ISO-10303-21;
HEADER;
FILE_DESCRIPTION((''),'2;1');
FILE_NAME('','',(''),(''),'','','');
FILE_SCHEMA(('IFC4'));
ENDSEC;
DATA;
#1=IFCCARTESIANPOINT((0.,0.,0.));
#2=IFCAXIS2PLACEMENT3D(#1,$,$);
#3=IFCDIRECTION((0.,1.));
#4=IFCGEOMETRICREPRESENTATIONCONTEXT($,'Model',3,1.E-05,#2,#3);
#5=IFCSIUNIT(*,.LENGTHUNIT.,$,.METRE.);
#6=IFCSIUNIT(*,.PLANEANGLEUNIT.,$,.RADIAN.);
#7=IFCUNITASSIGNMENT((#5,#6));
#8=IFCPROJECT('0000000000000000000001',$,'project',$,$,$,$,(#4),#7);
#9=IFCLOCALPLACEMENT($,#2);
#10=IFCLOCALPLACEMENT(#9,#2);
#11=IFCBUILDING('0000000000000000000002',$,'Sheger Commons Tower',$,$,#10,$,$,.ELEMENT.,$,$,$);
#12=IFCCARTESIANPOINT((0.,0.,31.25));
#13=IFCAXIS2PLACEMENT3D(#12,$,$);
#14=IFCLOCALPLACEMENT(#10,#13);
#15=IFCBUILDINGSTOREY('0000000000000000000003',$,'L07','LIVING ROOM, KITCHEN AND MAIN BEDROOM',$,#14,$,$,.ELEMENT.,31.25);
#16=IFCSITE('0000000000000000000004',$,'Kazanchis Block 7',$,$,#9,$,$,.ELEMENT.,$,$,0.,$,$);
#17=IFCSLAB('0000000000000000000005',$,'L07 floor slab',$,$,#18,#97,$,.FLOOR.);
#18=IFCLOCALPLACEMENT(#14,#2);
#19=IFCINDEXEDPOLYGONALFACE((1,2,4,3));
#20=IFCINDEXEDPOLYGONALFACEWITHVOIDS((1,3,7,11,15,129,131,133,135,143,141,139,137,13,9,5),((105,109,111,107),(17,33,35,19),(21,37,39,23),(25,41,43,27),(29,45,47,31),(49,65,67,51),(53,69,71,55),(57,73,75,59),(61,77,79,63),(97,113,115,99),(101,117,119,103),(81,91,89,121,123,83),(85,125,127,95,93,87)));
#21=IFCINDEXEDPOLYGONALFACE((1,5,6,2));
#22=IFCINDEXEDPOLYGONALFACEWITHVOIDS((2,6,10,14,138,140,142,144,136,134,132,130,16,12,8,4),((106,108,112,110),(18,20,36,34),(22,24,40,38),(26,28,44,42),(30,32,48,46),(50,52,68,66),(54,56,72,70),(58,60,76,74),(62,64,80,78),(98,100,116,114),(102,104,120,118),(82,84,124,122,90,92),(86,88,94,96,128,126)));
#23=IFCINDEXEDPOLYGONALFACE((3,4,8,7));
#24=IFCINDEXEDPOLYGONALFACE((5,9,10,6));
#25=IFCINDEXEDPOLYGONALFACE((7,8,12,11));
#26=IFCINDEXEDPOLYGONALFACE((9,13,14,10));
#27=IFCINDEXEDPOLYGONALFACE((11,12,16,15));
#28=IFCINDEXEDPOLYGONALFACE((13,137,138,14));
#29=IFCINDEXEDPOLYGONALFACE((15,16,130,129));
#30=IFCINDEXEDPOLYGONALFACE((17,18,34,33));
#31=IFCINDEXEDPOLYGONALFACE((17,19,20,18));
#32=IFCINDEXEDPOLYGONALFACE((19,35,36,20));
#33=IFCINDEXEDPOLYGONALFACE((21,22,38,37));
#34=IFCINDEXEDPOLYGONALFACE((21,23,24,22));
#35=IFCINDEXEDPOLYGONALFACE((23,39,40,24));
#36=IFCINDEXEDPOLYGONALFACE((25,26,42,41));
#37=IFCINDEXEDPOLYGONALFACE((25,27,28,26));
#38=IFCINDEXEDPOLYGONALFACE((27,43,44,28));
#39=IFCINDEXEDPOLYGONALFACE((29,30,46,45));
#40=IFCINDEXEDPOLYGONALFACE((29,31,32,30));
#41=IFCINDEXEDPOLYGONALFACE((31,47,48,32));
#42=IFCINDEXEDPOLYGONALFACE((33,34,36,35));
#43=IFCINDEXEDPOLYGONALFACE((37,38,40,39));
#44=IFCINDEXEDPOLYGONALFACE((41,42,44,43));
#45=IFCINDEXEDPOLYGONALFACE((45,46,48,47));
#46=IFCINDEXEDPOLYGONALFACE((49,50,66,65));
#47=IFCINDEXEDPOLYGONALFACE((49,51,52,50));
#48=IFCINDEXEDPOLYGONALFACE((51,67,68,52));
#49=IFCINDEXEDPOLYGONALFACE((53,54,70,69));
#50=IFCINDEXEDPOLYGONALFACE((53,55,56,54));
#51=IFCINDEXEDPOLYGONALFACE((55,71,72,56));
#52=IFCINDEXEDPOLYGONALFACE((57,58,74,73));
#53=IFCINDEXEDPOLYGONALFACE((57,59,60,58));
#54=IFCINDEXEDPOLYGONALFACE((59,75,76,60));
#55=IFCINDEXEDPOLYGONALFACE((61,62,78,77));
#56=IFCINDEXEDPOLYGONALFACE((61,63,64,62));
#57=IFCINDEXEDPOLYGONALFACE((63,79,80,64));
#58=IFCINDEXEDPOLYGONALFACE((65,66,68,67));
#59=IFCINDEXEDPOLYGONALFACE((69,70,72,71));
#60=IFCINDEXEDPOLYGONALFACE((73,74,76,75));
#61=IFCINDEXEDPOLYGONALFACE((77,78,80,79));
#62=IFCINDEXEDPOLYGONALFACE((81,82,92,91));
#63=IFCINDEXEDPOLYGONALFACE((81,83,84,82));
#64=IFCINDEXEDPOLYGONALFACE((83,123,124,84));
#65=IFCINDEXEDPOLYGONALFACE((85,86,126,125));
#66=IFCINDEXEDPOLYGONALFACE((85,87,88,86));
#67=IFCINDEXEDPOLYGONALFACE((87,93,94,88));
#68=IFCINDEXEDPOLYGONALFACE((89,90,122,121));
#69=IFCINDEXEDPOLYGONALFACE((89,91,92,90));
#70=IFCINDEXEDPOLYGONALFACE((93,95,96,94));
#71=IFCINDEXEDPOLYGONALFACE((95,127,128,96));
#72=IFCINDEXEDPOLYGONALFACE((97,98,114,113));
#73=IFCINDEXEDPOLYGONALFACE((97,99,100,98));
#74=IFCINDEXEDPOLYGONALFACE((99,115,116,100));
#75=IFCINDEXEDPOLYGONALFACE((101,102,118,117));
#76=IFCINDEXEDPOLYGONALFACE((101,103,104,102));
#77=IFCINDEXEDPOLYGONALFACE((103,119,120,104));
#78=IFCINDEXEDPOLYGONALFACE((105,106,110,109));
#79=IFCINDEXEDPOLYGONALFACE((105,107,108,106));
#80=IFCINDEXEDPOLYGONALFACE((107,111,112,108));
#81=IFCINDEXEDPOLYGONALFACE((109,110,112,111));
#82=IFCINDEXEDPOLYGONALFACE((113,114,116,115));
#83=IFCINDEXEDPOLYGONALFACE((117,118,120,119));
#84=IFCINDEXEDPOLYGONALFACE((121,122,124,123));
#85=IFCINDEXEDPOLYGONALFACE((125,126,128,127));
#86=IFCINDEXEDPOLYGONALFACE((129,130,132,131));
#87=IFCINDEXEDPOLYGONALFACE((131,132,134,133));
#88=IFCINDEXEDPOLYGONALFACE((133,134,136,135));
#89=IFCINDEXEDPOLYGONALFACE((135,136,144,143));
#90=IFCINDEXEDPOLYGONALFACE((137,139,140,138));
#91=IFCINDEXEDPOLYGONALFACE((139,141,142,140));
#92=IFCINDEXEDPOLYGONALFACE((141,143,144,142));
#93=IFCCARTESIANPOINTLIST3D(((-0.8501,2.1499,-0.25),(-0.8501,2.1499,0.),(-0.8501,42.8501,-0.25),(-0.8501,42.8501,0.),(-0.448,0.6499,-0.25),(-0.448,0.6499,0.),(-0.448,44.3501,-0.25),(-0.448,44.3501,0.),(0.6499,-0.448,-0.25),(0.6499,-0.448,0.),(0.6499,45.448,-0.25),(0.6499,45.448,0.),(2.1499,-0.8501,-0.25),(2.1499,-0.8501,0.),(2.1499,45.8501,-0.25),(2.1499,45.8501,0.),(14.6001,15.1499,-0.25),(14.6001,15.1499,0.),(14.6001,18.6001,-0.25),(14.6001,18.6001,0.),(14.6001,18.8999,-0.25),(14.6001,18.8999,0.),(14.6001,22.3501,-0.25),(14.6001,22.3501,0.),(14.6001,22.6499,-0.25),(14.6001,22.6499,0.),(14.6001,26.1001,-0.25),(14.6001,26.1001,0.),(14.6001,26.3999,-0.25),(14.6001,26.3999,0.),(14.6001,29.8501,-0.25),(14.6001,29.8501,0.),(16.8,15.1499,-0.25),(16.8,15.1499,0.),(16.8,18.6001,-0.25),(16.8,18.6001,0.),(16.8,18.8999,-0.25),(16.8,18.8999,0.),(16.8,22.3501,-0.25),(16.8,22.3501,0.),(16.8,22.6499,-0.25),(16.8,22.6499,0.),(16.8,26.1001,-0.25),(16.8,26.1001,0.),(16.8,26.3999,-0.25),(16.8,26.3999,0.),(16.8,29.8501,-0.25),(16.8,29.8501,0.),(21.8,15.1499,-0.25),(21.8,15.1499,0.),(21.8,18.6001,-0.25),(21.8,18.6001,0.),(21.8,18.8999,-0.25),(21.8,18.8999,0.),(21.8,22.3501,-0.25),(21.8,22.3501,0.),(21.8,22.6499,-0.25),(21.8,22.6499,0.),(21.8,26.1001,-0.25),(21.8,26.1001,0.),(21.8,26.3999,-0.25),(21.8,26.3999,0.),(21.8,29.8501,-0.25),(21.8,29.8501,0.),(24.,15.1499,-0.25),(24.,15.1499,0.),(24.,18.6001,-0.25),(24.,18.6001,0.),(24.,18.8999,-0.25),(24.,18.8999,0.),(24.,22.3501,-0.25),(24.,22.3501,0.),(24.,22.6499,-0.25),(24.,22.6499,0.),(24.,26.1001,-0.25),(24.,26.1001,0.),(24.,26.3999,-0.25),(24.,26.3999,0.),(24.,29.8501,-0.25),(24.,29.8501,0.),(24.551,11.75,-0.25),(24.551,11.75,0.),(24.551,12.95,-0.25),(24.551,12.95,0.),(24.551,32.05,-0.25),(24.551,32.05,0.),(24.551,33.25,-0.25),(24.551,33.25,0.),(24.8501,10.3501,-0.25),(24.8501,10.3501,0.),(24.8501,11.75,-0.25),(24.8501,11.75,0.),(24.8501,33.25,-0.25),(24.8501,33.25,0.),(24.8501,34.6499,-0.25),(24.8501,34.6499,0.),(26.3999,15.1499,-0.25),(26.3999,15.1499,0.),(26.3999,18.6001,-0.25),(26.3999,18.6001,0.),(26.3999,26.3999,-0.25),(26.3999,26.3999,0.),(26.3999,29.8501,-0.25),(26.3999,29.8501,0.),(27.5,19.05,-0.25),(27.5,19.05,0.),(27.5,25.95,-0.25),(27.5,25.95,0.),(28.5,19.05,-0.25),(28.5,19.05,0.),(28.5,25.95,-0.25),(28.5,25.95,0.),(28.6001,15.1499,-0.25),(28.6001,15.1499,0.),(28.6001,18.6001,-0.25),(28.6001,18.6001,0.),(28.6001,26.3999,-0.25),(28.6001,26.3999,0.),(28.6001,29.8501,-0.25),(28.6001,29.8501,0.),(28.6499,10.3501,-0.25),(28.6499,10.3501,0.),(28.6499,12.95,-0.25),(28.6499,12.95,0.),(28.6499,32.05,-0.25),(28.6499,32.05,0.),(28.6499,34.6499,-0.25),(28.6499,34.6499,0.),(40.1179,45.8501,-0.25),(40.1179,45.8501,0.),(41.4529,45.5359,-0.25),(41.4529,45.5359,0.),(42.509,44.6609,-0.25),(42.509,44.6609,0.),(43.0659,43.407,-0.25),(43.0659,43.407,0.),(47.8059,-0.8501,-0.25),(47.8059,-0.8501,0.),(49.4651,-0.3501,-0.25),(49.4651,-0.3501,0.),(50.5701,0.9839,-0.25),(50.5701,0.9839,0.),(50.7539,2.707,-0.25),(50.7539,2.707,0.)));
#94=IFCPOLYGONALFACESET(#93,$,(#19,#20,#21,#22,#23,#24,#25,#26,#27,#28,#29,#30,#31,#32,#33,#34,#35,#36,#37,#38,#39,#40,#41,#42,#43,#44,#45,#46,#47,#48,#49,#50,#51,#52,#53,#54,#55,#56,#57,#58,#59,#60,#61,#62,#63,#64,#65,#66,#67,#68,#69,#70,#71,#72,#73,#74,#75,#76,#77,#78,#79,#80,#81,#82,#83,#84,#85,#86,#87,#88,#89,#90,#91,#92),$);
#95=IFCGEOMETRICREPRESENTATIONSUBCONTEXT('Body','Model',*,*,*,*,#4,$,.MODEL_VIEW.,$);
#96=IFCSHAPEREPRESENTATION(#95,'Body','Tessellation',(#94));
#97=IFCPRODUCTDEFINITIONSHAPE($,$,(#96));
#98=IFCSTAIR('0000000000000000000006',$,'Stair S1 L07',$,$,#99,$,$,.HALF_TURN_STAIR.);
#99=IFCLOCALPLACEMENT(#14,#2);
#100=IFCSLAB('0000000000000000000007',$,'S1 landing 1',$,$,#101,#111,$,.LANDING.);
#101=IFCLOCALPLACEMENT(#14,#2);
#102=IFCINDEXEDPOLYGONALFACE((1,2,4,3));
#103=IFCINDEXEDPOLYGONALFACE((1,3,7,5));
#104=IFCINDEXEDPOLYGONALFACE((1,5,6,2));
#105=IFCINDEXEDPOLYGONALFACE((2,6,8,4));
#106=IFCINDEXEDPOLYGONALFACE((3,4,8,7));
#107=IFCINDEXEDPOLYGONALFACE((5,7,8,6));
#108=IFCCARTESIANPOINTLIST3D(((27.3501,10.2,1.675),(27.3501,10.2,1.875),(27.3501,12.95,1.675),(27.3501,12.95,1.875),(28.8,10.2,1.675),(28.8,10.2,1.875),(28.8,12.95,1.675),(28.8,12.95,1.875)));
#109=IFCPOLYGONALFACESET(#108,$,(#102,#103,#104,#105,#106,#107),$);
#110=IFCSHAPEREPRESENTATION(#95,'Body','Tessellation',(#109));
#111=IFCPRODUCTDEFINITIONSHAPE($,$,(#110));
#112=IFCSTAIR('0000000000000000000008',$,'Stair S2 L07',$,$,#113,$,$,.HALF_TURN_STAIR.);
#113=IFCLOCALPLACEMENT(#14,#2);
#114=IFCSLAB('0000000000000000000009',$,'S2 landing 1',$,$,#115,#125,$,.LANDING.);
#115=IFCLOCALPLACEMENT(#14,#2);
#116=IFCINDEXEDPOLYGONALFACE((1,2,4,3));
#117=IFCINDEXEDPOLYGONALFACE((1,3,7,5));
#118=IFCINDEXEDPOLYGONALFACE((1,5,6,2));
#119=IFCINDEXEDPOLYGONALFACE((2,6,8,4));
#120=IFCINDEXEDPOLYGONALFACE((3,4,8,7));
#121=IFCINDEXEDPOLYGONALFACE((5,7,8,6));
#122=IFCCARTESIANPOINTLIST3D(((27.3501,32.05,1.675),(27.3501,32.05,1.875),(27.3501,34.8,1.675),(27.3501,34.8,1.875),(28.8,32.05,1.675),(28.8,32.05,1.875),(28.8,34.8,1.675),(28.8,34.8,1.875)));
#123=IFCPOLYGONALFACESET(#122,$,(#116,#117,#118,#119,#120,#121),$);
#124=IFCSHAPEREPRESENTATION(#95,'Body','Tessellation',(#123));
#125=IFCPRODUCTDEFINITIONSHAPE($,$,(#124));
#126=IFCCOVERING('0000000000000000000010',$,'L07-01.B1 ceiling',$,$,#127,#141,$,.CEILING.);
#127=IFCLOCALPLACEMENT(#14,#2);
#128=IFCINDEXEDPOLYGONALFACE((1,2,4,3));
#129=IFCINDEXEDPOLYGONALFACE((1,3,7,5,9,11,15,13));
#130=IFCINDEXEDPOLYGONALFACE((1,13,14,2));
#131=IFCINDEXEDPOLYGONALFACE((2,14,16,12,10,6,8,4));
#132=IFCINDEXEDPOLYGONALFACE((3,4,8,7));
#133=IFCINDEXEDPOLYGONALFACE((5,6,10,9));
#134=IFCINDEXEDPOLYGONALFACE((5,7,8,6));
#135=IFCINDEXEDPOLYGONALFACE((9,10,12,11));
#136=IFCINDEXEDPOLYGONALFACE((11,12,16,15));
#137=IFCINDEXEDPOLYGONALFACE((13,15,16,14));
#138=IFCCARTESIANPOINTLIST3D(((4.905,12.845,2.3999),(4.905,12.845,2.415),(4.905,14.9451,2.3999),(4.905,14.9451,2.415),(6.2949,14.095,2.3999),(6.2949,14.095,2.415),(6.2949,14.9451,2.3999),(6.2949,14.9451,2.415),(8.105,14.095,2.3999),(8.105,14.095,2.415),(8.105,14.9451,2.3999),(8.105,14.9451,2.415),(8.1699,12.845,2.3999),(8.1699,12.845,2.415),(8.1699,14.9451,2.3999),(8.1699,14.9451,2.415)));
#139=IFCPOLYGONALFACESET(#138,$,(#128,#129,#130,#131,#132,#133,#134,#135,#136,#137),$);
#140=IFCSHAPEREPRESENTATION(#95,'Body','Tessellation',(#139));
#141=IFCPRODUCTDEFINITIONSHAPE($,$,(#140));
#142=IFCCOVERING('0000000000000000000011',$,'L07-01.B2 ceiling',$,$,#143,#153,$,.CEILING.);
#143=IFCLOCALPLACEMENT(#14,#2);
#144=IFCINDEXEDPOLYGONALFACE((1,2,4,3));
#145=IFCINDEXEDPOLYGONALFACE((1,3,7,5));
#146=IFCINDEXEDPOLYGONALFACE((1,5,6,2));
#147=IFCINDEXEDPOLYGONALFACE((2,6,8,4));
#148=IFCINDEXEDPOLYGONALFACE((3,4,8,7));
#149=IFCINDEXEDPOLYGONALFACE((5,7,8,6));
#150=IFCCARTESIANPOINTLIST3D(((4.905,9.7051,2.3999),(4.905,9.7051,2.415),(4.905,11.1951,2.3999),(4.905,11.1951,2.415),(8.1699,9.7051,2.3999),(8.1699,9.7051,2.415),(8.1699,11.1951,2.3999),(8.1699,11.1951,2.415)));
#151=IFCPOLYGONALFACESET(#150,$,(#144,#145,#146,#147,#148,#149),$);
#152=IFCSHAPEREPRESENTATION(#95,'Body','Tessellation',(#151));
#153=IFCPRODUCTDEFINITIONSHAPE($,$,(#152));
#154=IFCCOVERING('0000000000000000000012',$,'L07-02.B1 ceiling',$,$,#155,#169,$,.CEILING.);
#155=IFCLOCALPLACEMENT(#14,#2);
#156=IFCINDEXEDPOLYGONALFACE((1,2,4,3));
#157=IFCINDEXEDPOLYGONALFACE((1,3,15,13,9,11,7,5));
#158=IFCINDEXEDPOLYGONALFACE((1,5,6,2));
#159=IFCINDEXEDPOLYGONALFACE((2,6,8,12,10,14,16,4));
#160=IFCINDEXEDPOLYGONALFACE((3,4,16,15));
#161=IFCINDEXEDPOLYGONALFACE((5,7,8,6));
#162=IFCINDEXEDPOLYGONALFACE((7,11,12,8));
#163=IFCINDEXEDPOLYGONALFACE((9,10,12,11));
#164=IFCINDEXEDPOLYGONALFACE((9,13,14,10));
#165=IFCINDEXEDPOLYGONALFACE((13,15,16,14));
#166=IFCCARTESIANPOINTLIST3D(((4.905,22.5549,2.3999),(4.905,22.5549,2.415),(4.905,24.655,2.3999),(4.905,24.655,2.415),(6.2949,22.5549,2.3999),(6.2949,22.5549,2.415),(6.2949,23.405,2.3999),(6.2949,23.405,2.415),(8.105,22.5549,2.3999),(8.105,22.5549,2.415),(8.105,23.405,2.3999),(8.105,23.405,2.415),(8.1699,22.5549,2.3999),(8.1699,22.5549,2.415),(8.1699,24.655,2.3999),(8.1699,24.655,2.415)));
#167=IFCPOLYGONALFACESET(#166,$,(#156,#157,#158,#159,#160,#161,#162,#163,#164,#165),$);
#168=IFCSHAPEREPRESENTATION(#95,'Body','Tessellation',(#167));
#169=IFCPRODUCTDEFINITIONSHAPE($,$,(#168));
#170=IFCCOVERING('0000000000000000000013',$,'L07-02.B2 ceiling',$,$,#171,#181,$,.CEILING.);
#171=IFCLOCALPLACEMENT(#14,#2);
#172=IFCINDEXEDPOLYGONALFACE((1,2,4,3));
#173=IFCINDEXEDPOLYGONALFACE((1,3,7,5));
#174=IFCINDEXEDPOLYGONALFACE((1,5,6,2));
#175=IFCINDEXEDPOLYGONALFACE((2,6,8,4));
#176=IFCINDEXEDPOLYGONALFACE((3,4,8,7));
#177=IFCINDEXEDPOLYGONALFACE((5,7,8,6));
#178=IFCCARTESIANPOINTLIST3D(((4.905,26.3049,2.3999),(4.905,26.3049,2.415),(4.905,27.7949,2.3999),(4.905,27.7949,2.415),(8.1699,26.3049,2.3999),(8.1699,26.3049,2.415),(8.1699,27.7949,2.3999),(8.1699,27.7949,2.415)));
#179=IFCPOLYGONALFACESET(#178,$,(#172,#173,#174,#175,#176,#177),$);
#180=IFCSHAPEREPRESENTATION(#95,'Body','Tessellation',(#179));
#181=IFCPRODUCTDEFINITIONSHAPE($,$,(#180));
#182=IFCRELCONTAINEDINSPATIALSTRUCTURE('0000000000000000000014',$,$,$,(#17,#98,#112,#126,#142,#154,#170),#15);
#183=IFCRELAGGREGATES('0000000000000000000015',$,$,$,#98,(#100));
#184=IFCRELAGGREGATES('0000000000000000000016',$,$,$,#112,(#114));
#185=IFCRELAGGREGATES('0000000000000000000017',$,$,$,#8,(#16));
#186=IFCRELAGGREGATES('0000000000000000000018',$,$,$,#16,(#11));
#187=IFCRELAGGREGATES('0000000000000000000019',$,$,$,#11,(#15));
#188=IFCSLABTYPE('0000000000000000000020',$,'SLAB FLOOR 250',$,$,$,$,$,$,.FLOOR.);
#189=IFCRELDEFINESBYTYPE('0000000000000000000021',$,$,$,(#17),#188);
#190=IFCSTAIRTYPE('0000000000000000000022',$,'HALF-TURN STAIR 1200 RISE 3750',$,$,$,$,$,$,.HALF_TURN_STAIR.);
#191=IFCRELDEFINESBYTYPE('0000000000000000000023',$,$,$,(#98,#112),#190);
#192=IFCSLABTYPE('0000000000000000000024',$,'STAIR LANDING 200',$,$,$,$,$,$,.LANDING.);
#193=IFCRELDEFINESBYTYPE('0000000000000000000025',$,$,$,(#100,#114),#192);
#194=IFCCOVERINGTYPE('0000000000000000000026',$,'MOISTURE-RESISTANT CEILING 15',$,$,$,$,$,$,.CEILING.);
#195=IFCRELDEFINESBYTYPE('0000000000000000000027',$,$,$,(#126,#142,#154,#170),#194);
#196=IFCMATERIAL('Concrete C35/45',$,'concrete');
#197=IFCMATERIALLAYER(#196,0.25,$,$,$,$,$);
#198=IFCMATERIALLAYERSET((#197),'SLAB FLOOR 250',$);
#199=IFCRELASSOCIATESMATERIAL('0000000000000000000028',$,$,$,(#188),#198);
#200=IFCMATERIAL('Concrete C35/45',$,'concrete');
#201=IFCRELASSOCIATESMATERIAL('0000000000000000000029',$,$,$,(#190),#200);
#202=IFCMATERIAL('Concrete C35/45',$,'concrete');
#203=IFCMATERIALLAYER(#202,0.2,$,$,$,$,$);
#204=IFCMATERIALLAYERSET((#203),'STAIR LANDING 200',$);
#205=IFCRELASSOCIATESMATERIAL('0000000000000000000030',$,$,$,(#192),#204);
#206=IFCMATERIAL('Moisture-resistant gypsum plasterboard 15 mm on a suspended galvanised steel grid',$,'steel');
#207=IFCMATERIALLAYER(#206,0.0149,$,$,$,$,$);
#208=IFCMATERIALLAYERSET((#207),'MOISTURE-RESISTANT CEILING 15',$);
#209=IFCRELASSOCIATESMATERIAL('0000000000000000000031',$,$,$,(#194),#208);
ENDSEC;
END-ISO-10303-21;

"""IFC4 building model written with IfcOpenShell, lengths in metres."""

from ifc_helpers import new_model, si_unit, direction, frame, origin, place, context, subcontext, project, spatial, polyline, outline, extrude, material, layer, layer_set, type_object, element, aggregate, save


model = new_model("IFC4")

# Units and contexts
model_context = context("Model", 3, precision=1e-05, world=origin(), true_north=direction((0.0, 1.0)))
body_context = subcontext(model_context, "Body", "Model", "MODEL_VIEW")
ifc_project = project(units=[si_unit("LENGTHUNIT", "METRE"), si_unit("PLANEANGLEUNIT", "RADIAN")], contexts=[model_context])

# Site, building, storey
site_placement = place(None, origin())
site = spatial("IfcSite", under=ifc_project, at=site_placement, Name="Kazanchis Block 7", CompositionType="ELEMENT", RefElevation=0.0)
building_placement = place(site_placement, origin())
building = spatial("IfcBuilding", under=site, at=building_placement, Name="Sheger Commons Tower", CompositionType="ELEMENT")
storey_placement = place(building_placement, frame((0.0, 0.0, 31.25)))
storey = spatial("IfcBuildingStorey", under=building, at=storey_placement, Name="L07", Description="LIVING ROOM, KITCHEN AND MAIN BEDROOM", CompositionType="ELEMENT", Elevation=31.25)

# Slab
ifc_material_1 = material(Name="Concrete C35/45", Category="concrete")
ifc_layer_1 = layer(ifc_material_1, 0.25)
ifc_layer_set_1 = layer_set([ifc_layer_1], Name="SLAB FLOOR 250")
slab_type_1 = type_object("IfcSlabType", Name="SLAB FLOOR 250", PredefinedType="FLOOR", material=ifc_layer_set_1)
slab_1_placement = place(storey_placement, frame((0.0, 0.0, -0.25)))
element("IfcSlab", 1, at=slab_1_placement, inside=storey, type_object=slab_type_1, Name="L07 floor slab", PredefinedType="FLOOR", context=body_context, shape_type="SweptSolid", body=[
    extrude(outline(polyline([(-0.8501, 2.1499), (-0.448, 0.6499), (0.6499, -0.448), (2.1499, -0.8501), (47.8059, -0.8501), (49.4651, -0.3501), (50.5701, 0.9839), (50.7539, 2.707), (43.0659, 43.407), (42.509, 44.6609), (41.4529, 45.5359), (40.1179, 45.8501), (2.1499, 45.8501), (0.6499, 45.448), (-0.448, 44.3501), (-0.8501, 42.8501), (-0.8501, 2.1499)]), holes=[polyline([(24.8501, 10.3501), (28.6499, 10.3501), (28.6499, 12.95), (24.551, 12.95), (24.551, 11.75), (24.8501, 11.75), (24.8501, 10.3501)]), polyline([(24.551, 32.05), (28.6499, 32.05), (28.6499, 34.6499), (24.8501, 34.6499), (24.8501, 33.25), (24.551, 33.25), (24.551, 32.05)]), polyline([(26.3999, 15.1499), (28.6001, 15.1499), (28.6001, 18.6001), (26.3999, 18.6001), (26.3999, 15.1499)]), polyline([(26.3999, 26.3999), (28.6001, 26.3999), (28.6001, 29.8501), (26.3999, 29.8501), (26.3999, 26.3999)]), polyline([(14.6001, 15.1499), (16.8, 15.1499), (16.8, 18.6001), (14.6001, 18.6001), (14.6001, 15.1499)]), polyline([(14.6001, 18.8999), (16.8, 18.8999), (16.8, 22.3501), (14.6001, 22.3501), (14.6001, 18.8999)]), polyline([(14.6001, 22.6499), (16.8, 22.6499), (16.8, 26.1001), (14.6001, 26.1001), (14.6001, 22.6499)]), polyline([(14.6001, 26.3999), (16.8, 26.3999), (16.8, 29.8501), (14.6001, 29.8501), (14.6001, 26.3999)]), polyline([(21.8, 15.1499), (24.0, 15.1499), (24.0, 18.6001), (21.8, 18.6001), (21.8, 15.1499)]), polyline([(21.8, 18.8999), (24.0, 18.8999), (24.0, 22.3501), (21.8, 22.3501), (21.8, 18.8999)]), polyline([(21.8, 22.6499), (24.0, 22.6499), (24.0, 26.1001), (21.8, 26.1001), (21.8, 22.6499)]), polyline([(21.8, 26.3999), (24.0, 26.3999), (24.0, 29.8501), (21.8, 29.8501), (21.8, 26.3999)]), polyline([(27.5, 19.05), (28.5, 19.05), (28.5, 25.95), (27.5, 25.95), (27.5, 19.05)])]), origin(), (0.0, 0.0, 1.0), 0.25),
])

# Stairs, slabs
ifc_material_2 = material(Name="Concrete C35/45", Category="concrete")
stair_type = type_object("IfcStairType", Name="HALF-TURN STAIR 1200 RISE 3750", PredefinedType="HALF_TURN_STAIR", material=ifc_material_2)
stair_1_placement = place(storey_placement, origin())
stair_1 = element("IfcStair", 2, at=stair_1_placement, inside=storey, type_object=stair_type, Name="Stair S1 L07", PredefinedType="HALF_TURN_STAIR")
ifc_material_3 = material(Name="Concrete C35/45", Category="concrete")
ifc_layer_2 = layer(ifc_material_3, 0.2)
ifc_layer_set_2 = layer_set([ifc_layer_2], Name="STAIR LANDING 200")
slab_type_2 = type_object("IfcSlabType", Name="STAIR LANDING 200", PredefinedType="LANDING", material=ifc_layer_set_2)
slab_2_placement = place(storey_placement, frame((0.0, 0.0, 1.675)))
slab_2 = element("IfcSlab", 3, at=slab_2_placement, type_object=slab_type_2, Name="S1 landing 1", PredefinedType="LANDING", context=body_context, shape_type="SweptSolid", body=[
    extrude(outline(polyline([(27.3501, 10.2), (28.8, 10.2), (28.8, 12.95), (27.3501, 12.95), (27.3501, 10.2)])), origin(), (0.0, 0.0, 1.0), 0.2),
])
aggregate(stair_1, [slab_2])
stair_2_placement = place(storey_placement, origin())
stair_2 = element("IfcStair", 4, at=stair_2_placement, inside=storey, type_object=stair_type, Name="Stair S2 L07", PredefinedType="HALF_TURN_STAIR")
slab_3_placement = place(storey_placement, frame((0.0, 0.0, 1.675)))
slab_3 = element("IfcSlab", 5, at=slab_3_placement, type_object=slab_type_2, Name="S2 landing 1", PredefinedType="LANDING", context=body_context, shape_type="SweptSolid", body=[
    extrude(outline(polyline([(27.3501, 32.05), (28.8, 32.05), (28.8, 34.8), (27.3501, 34.8), (27.3501, 32.05)])), origin(), (0.0, 0.0, 1.0), 0.2),
])
aggregate(stair_2, [slab_3])

# Coverings
ifc_material_4 = material(Name="Moisture-resistant gypsum plasterboard 15 mm on a suspended galvanised steel grid", Category="steel")
ifc_layer_3 = layer(ifc_material_4, 0.0149)
ifc_layer_set_3 = layer_set([ifc_layer_3], Name="MOISTURE-RESISTANT CEILING 15")
covering_type_1 = type_object("IfcCoveringType", Name="MOISTURE-RESISTANT CEILING 15", PredefinedType="CEILING", material=ifc_layer_set_3)
covering_1_placement = place(storey_placement, frame((0.0, 0.0, 2.3999)))
element("IfcCovering", 6, at=covering_1_placement, inside=storey, type_object=covering_type_1, Name="L07-01.B1 ceiling", PredefinedType="CEILING", context=body_context, shape_type="SweptSolid", body=[
    extrude(outline(polyline([(4.905, 12.845), (8.1699, 12.845), (8.1699, 14.9451), (8.105, 14.9451), (8.105, 14.095), (6.2949, 14.095), (6.2949, 14.9451), (4.905, 14.9451), (4.905, 12.845)])), origin(), (0.0, 0.0, 1.0), 0.0151),
])
covering_2_placement = place(storey_placement, frame((0.0, 0.0, 2.3999)))
element("IfcCovering", 7, at=covering_2_placement, inside=storey, type_object=covering_type_1, Name="L07-01.B2 ceiling", PredefinedType="CEILING", context=body_context, shape_type="SweptSolid", body=[
    extrude(outline(polyline([(4.905, 9.7051), (8.1699, 9.7051), (8.1699, 11.1951), (4.905, 11.1951), (4.905, 9.7051)])), origin(), (0.0, 0.0, 1.0), 0.0151),
])
covering_3_placement = place(storey_placement, frame((0.0, 0.0, 2.3999)))
element("IfcCovering", 8, at=covering_3_placement, inside=storey, type_object=covering_type_1, Name="L07-02.B1 ceiling", PredefinedType="CEILING", context=body_context, shape_type="SweptSolid", body=[
    extrude(outline(polyline([(4.905, 22.5549), (6.2949, 22.5549), (6.2949, 23.405), (8.105, 23.405), (8.105, 22.5549), (8.1699, 22.5549), (8.1699, 24.655), (4.905, 24.655), (4.905, 22.5549)])), origin(), (0.0, 0.0, 1.0), 0.0151),
])
covering_4_placement = place(storey_placement, frame((0.0, 0.0, 2.3999)))
element("IfcCovering", 9, at=covering_4_placement, inside=storey, type_object=covering_type_1, Name="L07-02.B2 ceiling", PredefinedType="CEILING", context=body_context, shape_type="SweptSolid", body=[
    extrude(outline(polyline([(4.905, 26.3049), (8.1699, 26.3049), (8.1699, 27.7949), (4.905, 27.7949), (4.905, 26.3049)])), origin(), (0.0, 0.0, 1.0), 0.0151),
])

save(model, "model.ifc")
